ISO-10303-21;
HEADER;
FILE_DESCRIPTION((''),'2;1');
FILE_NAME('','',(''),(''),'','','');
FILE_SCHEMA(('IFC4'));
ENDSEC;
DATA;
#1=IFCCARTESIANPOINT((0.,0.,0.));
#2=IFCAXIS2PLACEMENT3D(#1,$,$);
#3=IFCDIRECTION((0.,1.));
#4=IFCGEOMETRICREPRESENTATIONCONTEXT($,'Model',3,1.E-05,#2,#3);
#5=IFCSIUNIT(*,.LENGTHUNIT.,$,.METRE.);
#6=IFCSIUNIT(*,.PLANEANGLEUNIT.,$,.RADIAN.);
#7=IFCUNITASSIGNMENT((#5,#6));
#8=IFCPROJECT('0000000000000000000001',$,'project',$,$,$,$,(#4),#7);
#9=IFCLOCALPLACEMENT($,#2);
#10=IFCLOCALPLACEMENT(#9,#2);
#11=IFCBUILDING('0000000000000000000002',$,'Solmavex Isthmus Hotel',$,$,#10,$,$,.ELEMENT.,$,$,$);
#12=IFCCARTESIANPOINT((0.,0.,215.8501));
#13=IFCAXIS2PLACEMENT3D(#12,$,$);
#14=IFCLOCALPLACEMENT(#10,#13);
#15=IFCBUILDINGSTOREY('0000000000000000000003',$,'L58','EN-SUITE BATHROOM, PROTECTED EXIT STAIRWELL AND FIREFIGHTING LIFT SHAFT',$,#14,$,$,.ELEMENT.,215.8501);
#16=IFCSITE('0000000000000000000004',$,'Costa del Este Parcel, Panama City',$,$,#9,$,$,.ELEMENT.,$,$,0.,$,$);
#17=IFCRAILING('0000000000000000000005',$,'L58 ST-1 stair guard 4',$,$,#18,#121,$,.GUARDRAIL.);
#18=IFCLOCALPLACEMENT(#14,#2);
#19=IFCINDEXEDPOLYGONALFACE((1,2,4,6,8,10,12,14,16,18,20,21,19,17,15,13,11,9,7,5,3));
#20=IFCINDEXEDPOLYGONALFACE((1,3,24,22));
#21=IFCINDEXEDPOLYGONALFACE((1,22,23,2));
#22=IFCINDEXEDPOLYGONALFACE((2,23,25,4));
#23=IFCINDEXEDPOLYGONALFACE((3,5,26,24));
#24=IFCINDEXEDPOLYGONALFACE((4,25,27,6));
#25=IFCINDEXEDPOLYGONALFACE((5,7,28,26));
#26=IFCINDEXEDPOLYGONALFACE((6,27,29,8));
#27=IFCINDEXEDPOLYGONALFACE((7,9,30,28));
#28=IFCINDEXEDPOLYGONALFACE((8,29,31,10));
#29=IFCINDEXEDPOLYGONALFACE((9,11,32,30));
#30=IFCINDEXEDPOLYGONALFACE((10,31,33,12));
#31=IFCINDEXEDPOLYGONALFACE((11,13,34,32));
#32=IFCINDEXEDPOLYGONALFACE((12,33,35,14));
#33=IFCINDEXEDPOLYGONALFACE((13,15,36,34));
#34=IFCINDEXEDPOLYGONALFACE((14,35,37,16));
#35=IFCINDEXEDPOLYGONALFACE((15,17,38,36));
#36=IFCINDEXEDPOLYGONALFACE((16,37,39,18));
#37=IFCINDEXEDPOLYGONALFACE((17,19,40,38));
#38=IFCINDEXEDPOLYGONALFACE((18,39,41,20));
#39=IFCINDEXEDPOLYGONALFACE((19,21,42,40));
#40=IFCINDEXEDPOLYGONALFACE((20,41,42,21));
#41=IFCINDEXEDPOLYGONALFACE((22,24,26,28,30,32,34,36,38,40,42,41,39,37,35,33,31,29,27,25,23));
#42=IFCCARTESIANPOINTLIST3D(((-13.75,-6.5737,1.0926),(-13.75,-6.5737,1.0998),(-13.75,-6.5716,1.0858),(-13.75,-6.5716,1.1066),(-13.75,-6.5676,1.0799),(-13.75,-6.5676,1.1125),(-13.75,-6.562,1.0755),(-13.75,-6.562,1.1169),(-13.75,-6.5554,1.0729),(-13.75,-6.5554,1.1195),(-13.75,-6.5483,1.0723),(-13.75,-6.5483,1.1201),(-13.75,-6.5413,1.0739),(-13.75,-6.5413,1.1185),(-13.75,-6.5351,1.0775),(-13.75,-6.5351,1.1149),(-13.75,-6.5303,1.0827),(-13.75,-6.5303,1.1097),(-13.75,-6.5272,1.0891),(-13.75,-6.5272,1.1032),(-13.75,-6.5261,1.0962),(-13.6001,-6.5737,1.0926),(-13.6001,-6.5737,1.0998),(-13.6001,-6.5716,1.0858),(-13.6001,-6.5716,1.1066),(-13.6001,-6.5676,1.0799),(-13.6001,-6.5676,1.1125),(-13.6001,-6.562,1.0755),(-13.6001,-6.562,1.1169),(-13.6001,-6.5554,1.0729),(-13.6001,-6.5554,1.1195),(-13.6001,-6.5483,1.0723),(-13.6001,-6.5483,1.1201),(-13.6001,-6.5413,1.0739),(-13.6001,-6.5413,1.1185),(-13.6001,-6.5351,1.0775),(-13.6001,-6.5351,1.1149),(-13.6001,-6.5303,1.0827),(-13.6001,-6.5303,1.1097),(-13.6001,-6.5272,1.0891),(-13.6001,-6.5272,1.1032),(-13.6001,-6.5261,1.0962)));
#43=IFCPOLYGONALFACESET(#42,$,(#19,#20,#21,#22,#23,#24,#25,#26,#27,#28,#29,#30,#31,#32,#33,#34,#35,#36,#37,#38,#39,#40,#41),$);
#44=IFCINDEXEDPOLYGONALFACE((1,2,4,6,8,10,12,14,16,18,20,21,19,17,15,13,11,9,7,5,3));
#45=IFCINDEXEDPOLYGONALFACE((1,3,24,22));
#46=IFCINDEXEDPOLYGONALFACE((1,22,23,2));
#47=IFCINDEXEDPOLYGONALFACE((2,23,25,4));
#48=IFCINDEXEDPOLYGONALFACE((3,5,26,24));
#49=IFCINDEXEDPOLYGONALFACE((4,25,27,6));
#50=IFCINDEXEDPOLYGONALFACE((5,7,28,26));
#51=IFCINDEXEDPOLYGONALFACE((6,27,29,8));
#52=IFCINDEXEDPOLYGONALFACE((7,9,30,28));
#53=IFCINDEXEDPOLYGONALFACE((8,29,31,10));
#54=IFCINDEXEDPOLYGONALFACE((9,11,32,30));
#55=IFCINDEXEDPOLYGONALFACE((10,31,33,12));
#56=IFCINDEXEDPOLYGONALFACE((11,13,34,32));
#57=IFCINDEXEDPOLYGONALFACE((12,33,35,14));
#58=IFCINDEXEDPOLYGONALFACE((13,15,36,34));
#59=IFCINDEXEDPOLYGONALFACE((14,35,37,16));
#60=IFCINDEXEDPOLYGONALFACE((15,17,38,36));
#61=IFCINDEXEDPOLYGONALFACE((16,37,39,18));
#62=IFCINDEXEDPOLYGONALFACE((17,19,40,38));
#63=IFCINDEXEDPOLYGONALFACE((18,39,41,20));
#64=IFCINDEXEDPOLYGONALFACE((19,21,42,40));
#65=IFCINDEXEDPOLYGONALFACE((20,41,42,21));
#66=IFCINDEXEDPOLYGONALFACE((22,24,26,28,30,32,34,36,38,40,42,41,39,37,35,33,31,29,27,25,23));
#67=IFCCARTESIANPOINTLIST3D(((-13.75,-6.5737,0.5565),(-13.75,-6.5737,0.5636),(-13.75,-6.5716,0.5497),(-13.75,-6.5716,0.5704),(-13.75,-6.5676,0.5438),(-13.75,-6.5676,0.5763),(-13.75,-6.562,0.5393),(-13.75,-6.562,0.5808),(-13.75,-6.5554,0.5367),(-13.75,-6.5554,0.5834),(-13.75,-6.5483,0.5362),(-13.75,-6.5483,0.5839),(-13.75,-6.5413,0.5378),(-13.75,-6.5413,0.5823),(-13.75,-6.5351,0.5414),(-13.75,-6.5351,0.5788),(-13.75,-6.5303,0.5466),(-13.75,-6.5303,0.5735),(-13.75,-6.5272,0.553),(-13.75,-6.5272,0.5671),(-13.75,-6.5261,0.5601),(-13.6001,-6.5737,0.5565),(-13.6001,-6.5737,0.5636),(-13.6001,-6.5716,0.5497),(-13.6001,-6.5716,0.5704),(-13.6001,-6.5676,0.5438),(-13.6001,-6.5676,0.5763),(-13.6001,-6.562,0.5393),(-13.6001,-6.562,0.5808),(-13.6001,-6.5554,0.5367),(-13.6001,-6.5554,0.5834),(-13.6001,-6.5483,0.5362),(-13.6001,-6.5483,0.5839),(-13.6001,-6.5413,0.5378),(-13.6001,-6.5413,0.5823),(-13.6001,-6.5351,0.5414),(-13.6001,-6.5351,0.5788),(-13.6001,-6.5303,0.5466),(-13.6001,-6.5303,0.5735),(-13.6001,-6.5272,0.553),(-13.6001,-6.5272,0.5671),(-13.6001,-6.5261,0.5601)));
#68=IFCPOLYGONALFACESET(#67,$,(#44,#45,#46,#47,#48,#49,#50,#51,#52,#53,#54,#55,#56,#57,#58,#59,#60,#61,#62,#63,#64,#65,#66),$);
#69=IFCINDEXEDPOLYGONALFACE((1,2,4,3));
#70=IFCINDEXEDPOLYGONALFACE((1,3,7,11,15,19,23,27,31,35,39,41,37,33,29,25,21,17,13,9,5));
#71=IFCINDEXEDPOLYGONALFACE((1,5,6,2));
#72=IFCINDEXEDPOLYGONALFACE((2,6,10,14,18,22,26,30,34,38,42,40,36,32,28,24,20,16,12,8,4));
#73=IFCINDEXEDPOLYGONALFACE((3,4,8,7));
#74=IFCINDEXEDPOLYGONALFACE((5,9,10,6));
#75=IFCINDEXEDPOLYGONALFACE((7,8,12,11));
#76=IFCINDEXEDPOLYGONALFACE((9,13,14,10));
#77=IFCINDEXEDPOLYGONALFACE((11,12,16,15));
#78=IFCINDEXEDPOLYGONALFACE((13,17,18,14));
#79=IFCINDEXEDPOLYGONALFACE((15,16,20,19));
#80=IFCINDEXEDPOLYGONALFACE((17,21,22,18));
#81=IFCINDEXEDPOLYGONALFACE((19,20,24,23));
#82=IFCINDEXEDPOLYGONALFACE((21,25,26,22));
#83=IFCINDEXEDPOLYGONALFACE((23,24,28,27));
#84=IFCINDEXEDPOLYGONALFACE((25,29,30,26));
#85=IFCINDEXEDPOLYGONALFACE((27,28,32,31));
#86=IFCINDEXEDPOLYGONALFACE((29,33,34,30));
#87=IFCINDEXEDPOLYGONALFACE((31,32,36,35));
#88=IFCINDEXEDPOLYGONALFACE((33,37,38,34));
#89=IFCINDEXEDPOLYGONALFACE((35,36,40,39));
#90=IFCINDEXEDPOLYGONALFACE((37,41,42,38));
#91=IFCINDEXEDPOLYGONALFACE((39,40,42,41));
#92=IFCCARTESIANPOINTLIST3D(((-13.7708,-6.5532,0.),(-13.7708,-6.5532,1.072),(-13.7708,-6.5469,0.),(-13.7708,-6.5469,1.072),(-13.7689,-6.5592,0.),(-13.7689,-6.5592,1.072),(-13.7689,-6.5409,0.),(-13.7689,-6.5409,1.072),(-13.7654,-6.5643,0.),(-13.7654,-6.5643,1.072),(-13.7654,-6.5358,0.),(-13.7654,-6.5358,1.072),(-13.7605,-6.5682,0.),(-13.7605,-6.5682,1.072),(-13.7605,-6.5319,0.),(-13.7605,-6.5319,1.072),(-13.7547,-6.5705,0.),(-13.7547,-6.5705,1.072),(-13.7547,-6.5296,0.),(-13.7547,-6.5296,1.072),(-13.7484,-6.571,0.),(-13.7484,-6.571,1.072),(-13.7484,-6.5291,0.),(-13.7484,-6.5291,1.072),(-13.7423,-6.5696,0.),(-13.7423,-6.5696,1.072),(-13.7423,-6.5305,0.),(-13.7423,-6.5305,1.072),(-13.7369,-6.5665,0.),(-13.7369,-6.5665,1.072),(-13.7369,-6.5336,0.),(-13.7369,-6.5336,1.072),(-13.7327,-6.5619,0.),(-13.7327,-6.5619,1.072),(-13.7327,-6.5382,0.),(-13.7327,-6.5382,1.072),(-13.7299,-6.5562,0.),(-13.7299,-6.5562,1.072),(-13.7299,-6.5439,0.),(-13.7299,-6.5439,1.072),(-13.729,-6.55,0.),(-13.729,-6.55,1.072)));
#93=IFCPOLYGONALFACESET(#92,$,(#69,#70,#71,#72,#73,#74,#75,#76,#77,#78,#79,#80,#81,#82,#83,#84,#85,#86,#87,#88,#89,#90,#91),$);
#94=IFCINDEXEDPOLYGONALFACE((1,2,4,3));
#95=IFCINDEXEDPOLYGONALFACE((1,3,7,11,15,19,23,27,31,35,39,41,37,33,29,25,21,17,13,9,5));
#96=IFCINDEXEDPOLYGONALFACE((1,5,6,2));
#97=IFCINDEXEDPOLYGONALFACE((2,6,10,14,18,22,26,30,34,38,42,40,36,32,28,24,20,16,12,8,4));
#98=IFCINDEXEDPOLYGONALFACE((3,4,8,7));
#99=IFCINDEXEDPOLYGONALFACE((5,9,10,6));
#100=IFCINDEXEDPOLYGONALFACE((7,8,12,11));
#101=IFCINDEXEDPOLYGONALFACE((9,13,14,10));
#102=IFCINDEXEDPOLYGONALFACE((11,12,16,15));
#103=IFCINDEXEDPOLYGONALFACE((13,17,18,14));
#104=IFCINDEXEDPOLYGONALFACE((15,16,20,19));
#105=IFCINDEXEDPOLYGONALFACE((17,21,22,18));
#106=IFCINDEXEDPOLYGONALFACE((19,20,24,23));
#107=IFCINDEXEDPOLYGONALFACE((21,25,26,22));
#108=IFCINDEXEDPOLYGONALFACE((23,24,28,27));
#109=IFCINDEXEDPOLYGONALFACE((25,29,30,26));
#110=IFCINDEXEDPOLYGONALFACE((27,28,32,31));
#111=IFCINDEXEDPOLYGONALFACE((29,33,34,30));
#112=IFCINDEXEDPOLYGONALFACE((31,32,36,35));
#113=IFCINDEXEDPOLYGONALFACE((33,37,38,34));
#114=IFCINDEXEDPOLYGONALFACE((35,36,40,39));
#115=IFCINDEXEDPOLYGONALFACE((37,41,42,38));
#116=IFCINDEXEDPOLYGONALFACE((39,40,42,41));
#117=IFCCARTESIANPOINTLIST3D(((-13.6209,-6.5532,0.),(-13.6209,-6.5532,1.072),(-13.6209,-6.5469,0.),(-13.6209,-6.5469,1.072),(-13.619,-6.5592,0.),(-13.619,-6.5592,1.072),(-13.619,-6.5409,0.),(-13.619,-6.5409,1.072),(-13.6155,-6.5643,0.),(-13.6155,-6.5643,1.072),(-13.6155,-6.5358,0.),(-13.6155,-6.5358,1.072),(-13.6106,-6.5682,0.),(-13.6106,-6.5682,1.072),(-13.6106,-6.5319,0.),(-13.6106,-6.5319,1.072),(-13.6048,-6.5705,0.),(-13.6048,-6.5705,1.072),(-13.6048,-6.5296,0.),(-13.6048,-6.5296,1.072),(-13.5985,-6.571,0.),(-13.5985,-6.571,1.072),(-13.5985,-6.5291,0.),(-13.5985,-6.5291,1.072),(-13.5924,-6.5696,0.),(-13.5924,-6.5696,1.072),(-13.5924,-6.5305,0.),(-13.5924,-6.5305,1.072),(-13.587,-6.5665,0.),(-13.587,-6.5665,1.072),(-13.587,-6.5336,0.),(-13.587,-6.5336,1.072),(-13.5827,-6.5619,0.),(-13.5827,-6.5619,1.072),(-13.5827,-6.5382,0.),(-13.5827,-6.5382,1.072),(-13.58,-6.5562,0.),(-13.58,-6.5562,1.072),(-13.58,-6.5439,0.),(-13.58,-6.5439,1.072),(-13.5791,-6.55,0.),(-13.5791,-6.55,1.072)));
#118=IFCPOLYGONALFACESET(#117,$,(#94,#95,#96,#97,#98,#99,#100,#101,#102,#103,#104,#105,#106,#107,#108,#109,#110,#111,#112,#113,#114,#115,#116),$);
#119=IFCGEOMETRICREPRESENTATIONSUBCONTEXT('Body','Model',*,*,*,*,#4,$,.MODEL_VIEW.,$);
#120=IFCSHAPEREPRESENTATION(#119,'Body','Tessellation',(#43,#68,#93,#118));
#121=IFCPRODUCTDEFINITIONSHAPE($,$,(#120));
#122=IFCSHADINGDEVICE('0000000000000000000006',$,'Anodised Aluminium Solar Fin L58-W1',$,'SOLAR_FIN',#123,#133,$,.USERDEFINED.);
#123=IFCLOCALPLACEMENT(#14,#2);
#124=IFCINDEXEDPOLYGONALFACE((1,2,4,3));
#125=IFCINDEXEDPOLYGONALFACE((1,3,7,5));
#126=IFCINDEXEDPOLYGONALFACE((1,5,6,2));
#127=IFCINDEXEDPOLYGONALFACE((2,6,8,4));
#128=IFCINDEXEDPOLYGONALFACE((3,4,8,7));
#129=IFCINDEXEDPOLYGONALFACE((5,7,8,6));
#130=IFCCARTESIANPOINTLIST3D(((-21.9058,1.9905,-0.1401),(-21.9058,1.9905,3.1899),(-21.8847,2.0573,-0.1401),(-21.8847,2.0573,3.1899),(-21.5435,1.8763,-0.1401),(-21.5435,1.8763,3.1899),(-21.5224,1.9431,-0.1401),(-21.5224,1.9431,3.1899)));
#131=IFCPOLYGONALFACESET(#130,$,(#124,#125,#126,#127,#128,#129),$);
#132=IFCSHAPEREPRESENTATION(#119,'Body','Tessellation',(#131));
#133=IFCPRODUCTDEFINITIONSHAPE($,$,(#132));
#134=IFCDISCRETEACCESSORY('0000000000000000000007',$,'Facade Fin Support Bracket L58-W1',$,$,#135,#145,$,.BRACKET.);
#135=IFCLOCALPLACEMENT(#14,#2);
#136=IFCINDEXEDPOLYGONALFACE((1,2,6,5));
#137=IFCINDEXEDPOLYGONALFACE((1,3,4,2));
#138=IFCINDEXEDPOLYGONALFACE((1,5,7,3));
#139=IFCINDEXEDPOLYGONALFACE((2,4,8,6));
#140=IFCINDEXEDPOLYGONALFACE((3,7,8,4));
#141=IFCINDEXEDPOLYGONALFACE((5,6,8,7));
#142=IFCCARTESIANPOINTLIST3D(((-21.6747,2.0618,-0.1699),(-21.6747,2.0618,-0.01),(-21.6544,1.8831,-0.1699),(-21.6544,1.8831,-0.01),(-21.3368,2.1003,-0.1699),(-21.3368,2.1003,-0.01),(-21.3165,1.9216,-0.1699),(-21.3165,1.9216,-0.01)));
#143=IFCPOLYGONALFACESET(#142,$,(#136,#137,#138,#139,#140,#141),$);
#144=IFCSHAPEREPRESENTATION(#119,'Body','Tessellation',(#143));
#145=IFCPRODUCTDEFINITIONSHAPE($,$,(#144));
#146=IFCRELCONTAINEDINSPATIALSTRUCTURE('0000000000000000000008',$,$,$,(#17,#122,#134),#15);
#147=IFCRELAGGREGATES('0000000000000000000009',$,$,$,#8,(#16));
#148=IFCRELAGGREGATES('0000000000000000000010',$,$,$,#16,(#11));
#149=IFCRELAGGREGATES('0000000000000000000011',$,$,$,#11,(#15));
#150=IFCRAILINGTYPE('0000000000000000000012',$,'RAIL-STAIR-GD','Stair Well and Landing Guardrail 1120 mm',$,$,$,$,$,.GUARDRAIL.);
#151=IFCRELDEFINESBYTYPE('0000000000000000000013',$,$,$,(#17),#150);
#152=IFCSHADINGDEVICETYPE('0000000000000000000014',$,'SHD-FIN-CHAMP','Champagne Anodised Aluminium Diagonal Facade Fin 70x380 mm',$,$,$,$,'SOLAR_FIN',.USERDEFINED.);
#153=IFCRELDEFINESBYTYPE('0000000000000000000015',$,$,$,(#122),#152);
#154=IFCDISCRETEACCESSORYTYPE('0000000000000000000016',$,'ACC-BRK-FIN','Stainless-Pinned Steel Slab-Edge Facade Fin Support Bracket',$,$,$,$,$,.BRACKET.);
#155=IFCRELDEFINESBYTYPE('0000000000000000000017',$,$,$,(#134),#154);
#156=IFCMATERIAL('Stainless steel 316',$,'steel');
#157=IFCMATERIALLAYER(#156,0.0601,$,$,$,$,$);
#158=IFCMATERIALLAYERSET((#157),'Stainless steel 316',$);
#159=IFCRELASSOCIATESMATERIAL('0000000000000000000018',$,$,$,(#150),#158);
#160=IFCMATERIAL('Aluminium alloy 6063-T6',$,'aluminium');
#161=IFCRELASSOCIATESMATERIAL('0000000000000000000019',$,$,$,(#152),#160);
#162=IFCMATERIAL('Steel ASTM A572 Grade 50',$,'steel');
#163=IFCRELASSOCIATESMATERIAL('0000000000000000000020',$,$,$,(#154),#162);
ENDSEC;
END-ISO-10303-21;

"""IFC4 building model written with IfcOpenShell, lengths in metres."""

from ifc_helpers import new_model, si_unit, direction, frame, origin, origin_2d, place, context, subcontext, project, spatial, rectangle, circle, extrude, material, layer, layer_set, type_object, element, save


model = new_model("IFC4")

# Units and contexts
model_context = context("Model", 3, precision=1e-05, world=origin(), true_north=direction((0.0, 1.0)))
body_context = subcontext(model_context, "Body", "Model", "MODEL_VIEW")
ifc_project = project(units=[si_unit("LENGTHUNIT", "METRE"), si_unit("PLANEANGLEUNIT", "RADIAN")], contexts=[model_context])

# Site, building, storey
site_placement = place(None, origin())
site = spatial("IfcSite", under=ifc_project, at=site_placement, Name="Costa del Este Parcel, Panama City", CompositionType="ELEMENT", RefElevation=0.0)
building_placement = place(site_placement, origin())
building = spatial("IfcBuilding", under=site, at=building_placement, Name="Solmavex Isthmus Hotel", CompositionType="ELEMENT")
storey_placement = place(building_placement, frame((0.0, 0.0, 215.8501)))
storey = spatial("IfcBuildingStorey", under=building, at=storey_placement, Name="L58", Description="EN-SUITE BATHROOM, PROTECTED EXIT STAIRWELL AND FIREFIGHTING LIFT SHAFT", CompositionType="ELEMENT", Elevation=215.8501)

# Shared definitions
ifc_material_1 = material(Name="Aluminium alloy 6063-T6", Category="aluminium")

# Railing
ifc_material_2 = material(Name="Stainless steel 316", Category="steel")
ifc_layer_1 = layer(ifc_material_2, 0.0601)
ifc_layer_set_1 = layer_set([ifc_layer_1], Name="Stainless steel 316")
railing_type_1 = type_object("IfcRailingType", Name="RAIL-STAIR-GD", Description="Stair Well and Landing Guardrail 1120 mm", PredefinedType="GUARDRAIL", material=ifc_layer_set_1)
railing_1_placement = place(storey_placement, frame((-13.75, -6.55, 0.0)))
element("IfcRailing", 1, at=railing_1_placement, inside=storey, type_object=railing_type_1, Name="L58 ST-1 stair guard 4", PredefinedType="GUARDRAIL", context=body_context, shape_type="SweptSolid", body=[
    extrude(circle(Radius=0.0239, at=origin_2d()), frame((0.0, 0.0, 1.0962), z_axis=(1.0, 0.0, 0.0), x_axis=(0.0, 1.0, 0.0)), (0.0, 0.0, 1.0), 0.1499),
    extrude(circle(Radius=0.0239, at=origin_2d()), frame((0.0, 0.0, 0.5601), z_axis=(1.0, 0.0, 0.0), x_axis=(0.0, 1.0, 0.0)), (0.0, 0.0, 1.0), 0.1499),
    extrude(circle(Radius=0.021, at=origin_2d()), origin(), (0.0, 0.0, 1.0), 1.072),
    extrude(circle(Radius=0.021, at=origin_2d()), frame((0.1499, 0.0, 0.0)), (0.0, 0.0, 1.0), 1.072),
])

# Shading device
shading_device_type = type_object("IfcShadingDeviceType", Name="SHD-FIN-CHAMP", Description="Champagne Anodised Aluminium Diagonal Facade Fin 70x380 mm", ElementType="SOLAR_FIN", PredefinedType="USERDEFINED", material=ifc_material_1)
shading_device_placement = place(storey_placement, frame((-21.7141, 1.9668, -0.1401), z_axis=(0.0, 0.0, 1.0), x_axis=(-0.953717, 0.300706, 0.0)))
element("IfcShadingDevice", 2, at=shading_device_placement, inside=storey, type_object=shading_device_type, Name="Anodised Aluminium Solar Fin L58-W1", ObjectType="SOLAR_FIN", PredefinedType="USERDEFINED", context=body_context, shape_type="SweptSolid", body=[
    extrude(rectangle(XDim=0.3799, YDim=0.0701, at=origin_2d()), origin(), (0.0, 0.0, 1.0), 3.3301),
])

# Discrete accessory
ifc_material_3 = material(Name="Steel ASTM A572 Grade 50", Category="steel")
discrete_accessory_type = type_object("IfcDiscreteAccessoryType", Name="ACC-BRK-FIN", Description="Stainless-Pinned Steel Slab-Edge Facade Fin Support Bracket", PredefinedType="BRACKET", material=ifc_material_3)
discrete_accessory_placement = place(storey_placement, frame((-21.4956, 1.9917, -0.1699), z_axis=(0.0, 0.0, 1.0), x_axis=(-0.993572, -0.113203, 0.0)))
element("IfcDiscreteAccessory", 3, at=discrete_accessory_placement, inside=storey, type_object=discrete_accessory_type, Name="Facade Fin Support Bracket L58-W1", PredefinedType="BRACKET", context=body_context, shape_type="SweptSolid", body=[
    extrude(rectangle(XDim=0.3401, YDim=0.1799, at=origin_2d()), origin(), (0.0, 0.0, 1.0), 0.1599),
])

save(model, "model.ifc")
